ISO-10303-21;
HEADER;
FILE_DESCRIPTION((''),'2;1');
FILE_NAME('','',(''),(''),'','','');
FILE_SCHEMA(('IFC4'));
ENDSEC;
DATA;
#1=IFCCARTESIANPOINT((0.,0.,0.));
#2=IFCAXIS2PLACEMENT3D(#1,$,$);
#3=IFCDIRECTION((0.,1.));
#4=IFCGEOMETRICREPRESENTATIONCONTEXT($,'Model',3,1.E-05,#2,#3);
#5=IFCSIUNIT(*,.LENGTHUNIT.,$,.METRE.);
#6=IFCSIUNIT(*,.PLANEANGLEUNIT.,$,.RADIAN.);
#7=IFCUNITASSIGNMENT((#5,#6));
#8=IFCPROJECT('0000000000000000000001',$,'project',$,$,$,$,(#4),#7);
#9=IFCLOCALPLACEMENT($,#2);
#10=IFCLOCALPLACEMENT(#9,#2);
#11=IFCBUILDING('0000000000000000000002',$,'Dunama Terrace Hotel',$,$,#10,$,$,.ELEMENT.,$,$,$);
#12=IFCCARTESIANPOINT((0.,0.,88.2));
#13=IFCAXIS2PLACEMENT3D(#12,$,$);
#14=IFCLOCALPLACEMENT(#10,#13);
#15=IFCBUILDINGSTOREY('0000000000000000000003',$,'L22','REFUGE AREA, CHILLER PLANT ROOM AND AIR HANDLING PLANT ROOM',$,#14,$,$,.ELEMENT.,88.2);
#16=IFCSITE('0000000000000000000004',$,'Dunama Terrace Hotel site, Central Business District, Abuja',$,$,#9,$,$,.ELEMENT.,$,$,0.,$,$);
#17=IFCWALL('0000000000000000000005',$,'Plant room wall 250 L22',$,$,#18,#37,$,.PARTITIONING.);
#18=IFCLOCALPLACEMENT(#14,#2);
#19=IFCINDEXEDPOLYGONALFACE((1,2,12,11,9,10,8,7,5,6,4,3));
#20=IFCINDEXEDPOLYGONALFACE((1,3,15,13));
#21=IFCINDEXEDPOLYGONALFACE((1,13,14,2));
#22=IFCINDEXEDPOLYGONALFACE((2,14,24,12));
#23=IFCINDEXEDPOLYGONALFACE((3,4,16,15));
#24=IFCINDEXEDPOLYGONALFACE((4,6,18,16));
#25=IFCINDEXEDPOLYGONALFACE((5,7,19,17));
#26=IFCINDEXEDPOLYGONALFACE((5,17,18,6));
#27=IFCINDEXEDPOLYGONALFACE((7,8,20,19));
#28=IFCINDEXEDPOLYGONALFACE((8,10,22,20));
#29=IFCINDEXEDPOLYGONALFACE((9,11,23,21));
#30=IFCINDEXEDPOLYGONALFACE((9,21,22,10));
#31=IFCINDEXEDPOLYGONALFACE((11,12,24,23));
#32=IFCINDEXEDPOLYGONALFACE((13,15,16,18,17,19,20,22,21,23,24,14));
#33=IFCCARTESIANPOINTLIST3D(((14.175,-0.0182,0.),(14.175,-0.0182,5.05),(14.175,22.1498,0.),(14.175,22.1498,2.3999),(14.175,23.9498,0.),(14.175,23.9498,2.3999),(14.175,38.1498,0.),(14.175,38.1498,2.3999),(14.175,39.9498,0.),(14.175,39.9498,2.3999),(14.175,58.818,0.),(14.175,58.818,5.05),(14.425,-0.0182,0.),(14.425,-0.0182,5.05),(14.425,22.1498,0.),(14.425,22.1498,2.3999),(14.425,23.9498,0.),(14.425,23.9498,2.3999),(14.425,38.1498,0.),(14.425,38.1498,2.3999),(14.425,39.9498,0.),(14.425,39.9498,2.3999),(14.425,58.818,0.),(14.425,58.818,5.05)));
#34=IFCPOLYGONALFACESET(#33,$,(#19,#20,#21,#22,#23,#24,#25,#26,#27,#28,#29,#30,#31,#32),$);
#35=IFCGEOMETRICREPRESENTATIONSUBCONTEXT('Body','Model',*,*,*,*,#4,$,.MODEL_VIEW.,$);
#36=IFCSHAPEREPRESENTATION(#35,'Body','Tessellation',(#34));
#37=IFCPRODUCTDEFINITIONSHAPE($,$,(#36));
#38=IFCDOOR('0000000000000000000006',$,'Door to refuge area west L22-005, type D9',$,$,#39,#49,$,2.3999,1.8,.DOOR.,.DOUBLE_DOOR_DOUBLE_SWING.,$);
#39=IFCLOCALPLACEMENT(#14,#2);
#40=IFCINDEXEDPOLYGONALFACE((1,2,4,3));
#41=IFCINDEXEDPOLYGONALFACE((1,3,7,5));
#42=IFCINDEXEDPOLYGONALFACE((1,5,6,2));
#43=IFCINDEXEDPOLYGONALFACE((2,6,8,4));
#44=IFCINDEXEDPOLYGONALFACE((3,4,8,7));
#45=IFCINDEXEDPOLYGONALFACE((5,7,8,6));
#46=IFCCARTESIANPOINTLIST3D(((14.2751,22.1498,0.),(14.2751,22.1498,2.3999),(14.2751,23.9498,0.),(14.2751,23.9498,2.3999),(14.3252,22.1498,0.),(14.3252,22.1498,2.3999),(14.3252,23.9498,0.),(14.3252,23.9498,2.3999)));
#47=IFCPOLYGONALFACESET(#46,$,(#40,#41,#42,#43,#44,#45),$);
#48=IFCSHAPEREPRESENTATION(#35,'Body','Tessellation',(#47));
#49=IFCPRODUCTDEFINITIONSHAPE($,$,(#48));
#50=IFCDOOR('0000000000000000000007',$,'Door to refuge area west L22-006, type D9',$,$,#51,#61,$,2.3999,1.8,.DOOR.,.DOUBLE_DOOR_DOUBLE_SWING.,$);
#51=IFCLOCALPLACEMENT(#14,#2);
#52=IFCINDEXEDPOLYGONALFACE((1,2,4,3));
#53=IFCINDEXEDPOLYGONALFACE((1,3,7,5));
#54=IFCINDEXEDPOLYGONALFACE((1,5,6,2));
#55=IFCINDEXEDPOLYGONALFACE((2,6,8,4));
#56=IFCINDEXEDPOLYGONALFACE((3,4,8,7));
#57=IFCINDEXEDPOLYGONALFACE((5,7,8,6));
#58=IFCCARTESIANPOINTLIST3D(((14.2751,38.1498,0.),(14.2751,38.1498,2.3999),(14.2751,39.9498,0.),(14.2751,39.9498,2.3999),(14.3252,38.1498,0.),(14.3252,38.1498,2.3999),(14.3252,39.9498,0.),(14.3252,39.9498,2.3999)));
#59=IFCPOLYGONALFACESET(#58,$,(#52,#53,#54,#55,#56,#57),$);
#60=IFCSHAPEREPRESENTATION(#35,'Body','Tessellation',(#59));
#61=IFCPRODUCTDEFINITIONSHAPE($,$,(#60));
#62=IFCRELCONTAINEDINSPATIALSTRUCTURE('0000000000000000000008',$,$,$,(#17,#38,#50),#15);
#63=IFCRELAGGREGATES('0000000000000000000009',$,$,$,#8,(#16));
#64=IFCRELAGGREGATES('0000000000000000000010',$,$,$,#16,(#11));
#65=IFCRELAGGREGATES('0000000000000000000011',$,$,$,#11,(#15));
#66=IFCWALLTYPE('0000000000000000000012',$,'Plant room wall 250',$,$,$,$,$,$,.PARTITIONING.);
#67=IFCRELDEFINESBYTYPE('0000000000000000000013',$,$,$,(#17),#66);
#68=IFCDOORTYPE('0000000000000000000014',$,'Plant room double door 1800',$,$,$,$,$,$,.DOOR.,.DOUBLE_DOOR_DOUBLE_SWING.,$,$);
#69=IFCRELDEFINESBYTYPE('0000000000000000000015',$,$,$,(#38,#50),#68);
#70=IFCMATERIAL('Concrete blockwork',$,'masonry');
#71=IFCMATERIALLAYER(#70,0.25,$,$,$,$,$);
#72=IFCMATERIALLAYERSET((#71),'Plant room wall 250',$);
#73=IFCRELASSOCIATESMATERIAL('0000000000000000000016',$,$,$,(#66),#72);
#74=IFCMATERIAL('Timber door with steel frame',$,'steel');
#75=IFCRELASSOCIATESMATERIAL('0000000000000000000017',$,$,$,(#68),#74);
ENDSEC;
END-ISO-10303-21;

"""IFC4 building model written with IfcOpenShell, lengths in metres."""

from ifc_helpers import new_model, si_unit, direction, frame, frame_2d, origin, place, context, subcontext, project, spatial, rectangle, extrude, material, layer, layer_set, type_object, element, fill, save


model = new_model("IFC4")

# Units and contexts
model_context = context("Model", 3, precision=1e-05, world=origin(), true_north=direction((0.0, 1.0)))
body_context = subcontext(model_context, "Body", "Model", "MODEL_VIEW")
ifc_project = project(units=[si_unit("LENGTHUNIT", "METRE"), si_unit("PLANEANGLEUNIT", "RADIAN")], contexts=[model_context])

# Site, building, storey
site_placement = place(None, origin())
site = spatial("IfcSite", under=ifc_project, at=site_placement, Name="Dunama Terrace Hotel site, Central Business District, Abuja", CompositionType="ELEMENT", RefElevation=0.0)
building_placement = place(site_placement, origin())
building = spatial("IfcBuilding", under=site, at=building_placement, Name="Dunama Terrace Hotel", CompositionType="ELEMENT")
storey_placement = place(building_placement, frame((0.0, 0.0, 88.2)))
storey = spatial("IfcBuildingStorey", under=building, at=storey_placement, Name="L22", Description="REFUGE AREA, CHILLER PLANT ROOM AND AIR HANDLING PLANT ROOM", CompositionType="ELEMENT", Elevation=88.2)

# Wall, openings, doors
ifc_material_1 = material(Name="Concrete blockwork", Category="masonry")
ifc_layer_1 = layer(ifc_material_1, 0.25)
ifc_layer_set_1 = layer_set([ifc_layer_1], Name="Plant room wall 250")
wall_type = type_object("IfcWallType", Name="Plant room wall 250", PredefinedType="PARTITIONING", material=ifc_layer_set_1)
wall_placement = place(storey_placement, frame((14.3, -0.0181, 0.0), z_axis=(0.0, 0.0, 1.0), x_axis=(0.0, 1.0, 0.0)))
wall = element("IfcWall", 1, at=wall_placement, inside=storey, type_object=wall_type, Name="Plant room wall 250 L22", PredefinedType="PARTITIONING", context=body_context, shape_type="SweptSolid", body=[
    extrude(rectangle(XDim=58.8362, YDim=0.25, at=frame_2d((29.418, 0.0))), origin(), (0.0, 0.0, 1.0), 5.05),
])
opening_1_placement = place(wall_placement, frame((22.168, 0.0, 0.0)))
opening_1 = element("IfcOpeningElement", 2, at=opening_1_placement, cuts=wall, PredefinedType="OPENING", context=body_context, shape_type="SweptSolid", body=[
    extrude(rectangle(XDim=1.8, YDim=2.3999, at=frame_2d((0.8999, 1.2))), frame((0.0, 0.135, 0.0), z_axis=(0.0, -1.0, 0.0), x_axis=(1.0, 0.0, 0.0)), (0.0, 0.0, 1.0), 0.27),
])
opening_2_placement = place(wall_placement, frame((38.168, 0.0, 0.0)))
opening_2 = element("IfcOpeningElement", 3, at=opening_2_placement, cuts=wall, PredefinedType="OPENING", context=body_context, shape_type="SweptSolid", body=[
    extrude(rectangle(XDim=1.8, YDim=2.3999, at=frame_2d((0.8999, 1.2))), frame((0.0, 0.135, 0.0), z_axis=(0.0, -1.0, 0.0), x_axis=(1.0, 0.0, 0.0)), (0.0, 0.0, 1.0), 0.27),
])
ifc_material_2 = material(Name="Timber door with steel frame", Category="steel")
door_type = type_object("IfcDoorType", Name="Plant room double door 1800", OperationType="DOUBLE_DOOR_DOUBLE_SWING", PredefinedType="DOOR", material=ifc_material_2)
door_1_placement = place(opening_1_placement, origin())
door_1 = element("IfcDoor", 4, at=door_1_placement, inside=storey, type_object=door_type, Name="Door to refuge area west L22-005, type D9", OperationType="DOUBLE_DOOR_DOUBLE_SWING", OverallHeight=2.3999, OverallWidth=1.8, PredefinedType="DOOR", context=body_context, shape_type="SweptSolid", body=[
    extrude(rectangle(XDim=1.8, YDim=2.3999, at=frame_2d((0.8999, 1.2))), frame((0.0, 0.0249, 0.0), z_axis=(0.0, -1.0, 0.0), x_axis=(1.0, 0.0, 0.0)), (0.0, 0.0, 1.0), 0.05),
])
fill(opening_1, door_1)
door_2_placement = place(opening_2_placement, origin())
door_2 = element("IfcDoor", 5, at=door_2_placement, inside=storey, type_object=door_type, Name="Door to refuge area west L22-006, type D9", OperationType="DOUBLE_DOOR_DOUBLE_SWING", OverallHeight=2.3999, OverallWidth=1.8, PredefinedType="DOOR", context=body_context, shape_type="SweptSolid", body=[
    extrude(rectangle(XDim=1.8, YDim=2.3999, at=frame_2d((0.8999, 1.2))), frame((0.0, 0.0249, 0.0), z_axis=(0.0, -1.0, 0.0), x_axis=(1.0, 0.0, 0.0)), (0.0, 0.0, 1.0), 0.05),
])
fill(opening_2, door_2)

save(model, "model.ifc")
